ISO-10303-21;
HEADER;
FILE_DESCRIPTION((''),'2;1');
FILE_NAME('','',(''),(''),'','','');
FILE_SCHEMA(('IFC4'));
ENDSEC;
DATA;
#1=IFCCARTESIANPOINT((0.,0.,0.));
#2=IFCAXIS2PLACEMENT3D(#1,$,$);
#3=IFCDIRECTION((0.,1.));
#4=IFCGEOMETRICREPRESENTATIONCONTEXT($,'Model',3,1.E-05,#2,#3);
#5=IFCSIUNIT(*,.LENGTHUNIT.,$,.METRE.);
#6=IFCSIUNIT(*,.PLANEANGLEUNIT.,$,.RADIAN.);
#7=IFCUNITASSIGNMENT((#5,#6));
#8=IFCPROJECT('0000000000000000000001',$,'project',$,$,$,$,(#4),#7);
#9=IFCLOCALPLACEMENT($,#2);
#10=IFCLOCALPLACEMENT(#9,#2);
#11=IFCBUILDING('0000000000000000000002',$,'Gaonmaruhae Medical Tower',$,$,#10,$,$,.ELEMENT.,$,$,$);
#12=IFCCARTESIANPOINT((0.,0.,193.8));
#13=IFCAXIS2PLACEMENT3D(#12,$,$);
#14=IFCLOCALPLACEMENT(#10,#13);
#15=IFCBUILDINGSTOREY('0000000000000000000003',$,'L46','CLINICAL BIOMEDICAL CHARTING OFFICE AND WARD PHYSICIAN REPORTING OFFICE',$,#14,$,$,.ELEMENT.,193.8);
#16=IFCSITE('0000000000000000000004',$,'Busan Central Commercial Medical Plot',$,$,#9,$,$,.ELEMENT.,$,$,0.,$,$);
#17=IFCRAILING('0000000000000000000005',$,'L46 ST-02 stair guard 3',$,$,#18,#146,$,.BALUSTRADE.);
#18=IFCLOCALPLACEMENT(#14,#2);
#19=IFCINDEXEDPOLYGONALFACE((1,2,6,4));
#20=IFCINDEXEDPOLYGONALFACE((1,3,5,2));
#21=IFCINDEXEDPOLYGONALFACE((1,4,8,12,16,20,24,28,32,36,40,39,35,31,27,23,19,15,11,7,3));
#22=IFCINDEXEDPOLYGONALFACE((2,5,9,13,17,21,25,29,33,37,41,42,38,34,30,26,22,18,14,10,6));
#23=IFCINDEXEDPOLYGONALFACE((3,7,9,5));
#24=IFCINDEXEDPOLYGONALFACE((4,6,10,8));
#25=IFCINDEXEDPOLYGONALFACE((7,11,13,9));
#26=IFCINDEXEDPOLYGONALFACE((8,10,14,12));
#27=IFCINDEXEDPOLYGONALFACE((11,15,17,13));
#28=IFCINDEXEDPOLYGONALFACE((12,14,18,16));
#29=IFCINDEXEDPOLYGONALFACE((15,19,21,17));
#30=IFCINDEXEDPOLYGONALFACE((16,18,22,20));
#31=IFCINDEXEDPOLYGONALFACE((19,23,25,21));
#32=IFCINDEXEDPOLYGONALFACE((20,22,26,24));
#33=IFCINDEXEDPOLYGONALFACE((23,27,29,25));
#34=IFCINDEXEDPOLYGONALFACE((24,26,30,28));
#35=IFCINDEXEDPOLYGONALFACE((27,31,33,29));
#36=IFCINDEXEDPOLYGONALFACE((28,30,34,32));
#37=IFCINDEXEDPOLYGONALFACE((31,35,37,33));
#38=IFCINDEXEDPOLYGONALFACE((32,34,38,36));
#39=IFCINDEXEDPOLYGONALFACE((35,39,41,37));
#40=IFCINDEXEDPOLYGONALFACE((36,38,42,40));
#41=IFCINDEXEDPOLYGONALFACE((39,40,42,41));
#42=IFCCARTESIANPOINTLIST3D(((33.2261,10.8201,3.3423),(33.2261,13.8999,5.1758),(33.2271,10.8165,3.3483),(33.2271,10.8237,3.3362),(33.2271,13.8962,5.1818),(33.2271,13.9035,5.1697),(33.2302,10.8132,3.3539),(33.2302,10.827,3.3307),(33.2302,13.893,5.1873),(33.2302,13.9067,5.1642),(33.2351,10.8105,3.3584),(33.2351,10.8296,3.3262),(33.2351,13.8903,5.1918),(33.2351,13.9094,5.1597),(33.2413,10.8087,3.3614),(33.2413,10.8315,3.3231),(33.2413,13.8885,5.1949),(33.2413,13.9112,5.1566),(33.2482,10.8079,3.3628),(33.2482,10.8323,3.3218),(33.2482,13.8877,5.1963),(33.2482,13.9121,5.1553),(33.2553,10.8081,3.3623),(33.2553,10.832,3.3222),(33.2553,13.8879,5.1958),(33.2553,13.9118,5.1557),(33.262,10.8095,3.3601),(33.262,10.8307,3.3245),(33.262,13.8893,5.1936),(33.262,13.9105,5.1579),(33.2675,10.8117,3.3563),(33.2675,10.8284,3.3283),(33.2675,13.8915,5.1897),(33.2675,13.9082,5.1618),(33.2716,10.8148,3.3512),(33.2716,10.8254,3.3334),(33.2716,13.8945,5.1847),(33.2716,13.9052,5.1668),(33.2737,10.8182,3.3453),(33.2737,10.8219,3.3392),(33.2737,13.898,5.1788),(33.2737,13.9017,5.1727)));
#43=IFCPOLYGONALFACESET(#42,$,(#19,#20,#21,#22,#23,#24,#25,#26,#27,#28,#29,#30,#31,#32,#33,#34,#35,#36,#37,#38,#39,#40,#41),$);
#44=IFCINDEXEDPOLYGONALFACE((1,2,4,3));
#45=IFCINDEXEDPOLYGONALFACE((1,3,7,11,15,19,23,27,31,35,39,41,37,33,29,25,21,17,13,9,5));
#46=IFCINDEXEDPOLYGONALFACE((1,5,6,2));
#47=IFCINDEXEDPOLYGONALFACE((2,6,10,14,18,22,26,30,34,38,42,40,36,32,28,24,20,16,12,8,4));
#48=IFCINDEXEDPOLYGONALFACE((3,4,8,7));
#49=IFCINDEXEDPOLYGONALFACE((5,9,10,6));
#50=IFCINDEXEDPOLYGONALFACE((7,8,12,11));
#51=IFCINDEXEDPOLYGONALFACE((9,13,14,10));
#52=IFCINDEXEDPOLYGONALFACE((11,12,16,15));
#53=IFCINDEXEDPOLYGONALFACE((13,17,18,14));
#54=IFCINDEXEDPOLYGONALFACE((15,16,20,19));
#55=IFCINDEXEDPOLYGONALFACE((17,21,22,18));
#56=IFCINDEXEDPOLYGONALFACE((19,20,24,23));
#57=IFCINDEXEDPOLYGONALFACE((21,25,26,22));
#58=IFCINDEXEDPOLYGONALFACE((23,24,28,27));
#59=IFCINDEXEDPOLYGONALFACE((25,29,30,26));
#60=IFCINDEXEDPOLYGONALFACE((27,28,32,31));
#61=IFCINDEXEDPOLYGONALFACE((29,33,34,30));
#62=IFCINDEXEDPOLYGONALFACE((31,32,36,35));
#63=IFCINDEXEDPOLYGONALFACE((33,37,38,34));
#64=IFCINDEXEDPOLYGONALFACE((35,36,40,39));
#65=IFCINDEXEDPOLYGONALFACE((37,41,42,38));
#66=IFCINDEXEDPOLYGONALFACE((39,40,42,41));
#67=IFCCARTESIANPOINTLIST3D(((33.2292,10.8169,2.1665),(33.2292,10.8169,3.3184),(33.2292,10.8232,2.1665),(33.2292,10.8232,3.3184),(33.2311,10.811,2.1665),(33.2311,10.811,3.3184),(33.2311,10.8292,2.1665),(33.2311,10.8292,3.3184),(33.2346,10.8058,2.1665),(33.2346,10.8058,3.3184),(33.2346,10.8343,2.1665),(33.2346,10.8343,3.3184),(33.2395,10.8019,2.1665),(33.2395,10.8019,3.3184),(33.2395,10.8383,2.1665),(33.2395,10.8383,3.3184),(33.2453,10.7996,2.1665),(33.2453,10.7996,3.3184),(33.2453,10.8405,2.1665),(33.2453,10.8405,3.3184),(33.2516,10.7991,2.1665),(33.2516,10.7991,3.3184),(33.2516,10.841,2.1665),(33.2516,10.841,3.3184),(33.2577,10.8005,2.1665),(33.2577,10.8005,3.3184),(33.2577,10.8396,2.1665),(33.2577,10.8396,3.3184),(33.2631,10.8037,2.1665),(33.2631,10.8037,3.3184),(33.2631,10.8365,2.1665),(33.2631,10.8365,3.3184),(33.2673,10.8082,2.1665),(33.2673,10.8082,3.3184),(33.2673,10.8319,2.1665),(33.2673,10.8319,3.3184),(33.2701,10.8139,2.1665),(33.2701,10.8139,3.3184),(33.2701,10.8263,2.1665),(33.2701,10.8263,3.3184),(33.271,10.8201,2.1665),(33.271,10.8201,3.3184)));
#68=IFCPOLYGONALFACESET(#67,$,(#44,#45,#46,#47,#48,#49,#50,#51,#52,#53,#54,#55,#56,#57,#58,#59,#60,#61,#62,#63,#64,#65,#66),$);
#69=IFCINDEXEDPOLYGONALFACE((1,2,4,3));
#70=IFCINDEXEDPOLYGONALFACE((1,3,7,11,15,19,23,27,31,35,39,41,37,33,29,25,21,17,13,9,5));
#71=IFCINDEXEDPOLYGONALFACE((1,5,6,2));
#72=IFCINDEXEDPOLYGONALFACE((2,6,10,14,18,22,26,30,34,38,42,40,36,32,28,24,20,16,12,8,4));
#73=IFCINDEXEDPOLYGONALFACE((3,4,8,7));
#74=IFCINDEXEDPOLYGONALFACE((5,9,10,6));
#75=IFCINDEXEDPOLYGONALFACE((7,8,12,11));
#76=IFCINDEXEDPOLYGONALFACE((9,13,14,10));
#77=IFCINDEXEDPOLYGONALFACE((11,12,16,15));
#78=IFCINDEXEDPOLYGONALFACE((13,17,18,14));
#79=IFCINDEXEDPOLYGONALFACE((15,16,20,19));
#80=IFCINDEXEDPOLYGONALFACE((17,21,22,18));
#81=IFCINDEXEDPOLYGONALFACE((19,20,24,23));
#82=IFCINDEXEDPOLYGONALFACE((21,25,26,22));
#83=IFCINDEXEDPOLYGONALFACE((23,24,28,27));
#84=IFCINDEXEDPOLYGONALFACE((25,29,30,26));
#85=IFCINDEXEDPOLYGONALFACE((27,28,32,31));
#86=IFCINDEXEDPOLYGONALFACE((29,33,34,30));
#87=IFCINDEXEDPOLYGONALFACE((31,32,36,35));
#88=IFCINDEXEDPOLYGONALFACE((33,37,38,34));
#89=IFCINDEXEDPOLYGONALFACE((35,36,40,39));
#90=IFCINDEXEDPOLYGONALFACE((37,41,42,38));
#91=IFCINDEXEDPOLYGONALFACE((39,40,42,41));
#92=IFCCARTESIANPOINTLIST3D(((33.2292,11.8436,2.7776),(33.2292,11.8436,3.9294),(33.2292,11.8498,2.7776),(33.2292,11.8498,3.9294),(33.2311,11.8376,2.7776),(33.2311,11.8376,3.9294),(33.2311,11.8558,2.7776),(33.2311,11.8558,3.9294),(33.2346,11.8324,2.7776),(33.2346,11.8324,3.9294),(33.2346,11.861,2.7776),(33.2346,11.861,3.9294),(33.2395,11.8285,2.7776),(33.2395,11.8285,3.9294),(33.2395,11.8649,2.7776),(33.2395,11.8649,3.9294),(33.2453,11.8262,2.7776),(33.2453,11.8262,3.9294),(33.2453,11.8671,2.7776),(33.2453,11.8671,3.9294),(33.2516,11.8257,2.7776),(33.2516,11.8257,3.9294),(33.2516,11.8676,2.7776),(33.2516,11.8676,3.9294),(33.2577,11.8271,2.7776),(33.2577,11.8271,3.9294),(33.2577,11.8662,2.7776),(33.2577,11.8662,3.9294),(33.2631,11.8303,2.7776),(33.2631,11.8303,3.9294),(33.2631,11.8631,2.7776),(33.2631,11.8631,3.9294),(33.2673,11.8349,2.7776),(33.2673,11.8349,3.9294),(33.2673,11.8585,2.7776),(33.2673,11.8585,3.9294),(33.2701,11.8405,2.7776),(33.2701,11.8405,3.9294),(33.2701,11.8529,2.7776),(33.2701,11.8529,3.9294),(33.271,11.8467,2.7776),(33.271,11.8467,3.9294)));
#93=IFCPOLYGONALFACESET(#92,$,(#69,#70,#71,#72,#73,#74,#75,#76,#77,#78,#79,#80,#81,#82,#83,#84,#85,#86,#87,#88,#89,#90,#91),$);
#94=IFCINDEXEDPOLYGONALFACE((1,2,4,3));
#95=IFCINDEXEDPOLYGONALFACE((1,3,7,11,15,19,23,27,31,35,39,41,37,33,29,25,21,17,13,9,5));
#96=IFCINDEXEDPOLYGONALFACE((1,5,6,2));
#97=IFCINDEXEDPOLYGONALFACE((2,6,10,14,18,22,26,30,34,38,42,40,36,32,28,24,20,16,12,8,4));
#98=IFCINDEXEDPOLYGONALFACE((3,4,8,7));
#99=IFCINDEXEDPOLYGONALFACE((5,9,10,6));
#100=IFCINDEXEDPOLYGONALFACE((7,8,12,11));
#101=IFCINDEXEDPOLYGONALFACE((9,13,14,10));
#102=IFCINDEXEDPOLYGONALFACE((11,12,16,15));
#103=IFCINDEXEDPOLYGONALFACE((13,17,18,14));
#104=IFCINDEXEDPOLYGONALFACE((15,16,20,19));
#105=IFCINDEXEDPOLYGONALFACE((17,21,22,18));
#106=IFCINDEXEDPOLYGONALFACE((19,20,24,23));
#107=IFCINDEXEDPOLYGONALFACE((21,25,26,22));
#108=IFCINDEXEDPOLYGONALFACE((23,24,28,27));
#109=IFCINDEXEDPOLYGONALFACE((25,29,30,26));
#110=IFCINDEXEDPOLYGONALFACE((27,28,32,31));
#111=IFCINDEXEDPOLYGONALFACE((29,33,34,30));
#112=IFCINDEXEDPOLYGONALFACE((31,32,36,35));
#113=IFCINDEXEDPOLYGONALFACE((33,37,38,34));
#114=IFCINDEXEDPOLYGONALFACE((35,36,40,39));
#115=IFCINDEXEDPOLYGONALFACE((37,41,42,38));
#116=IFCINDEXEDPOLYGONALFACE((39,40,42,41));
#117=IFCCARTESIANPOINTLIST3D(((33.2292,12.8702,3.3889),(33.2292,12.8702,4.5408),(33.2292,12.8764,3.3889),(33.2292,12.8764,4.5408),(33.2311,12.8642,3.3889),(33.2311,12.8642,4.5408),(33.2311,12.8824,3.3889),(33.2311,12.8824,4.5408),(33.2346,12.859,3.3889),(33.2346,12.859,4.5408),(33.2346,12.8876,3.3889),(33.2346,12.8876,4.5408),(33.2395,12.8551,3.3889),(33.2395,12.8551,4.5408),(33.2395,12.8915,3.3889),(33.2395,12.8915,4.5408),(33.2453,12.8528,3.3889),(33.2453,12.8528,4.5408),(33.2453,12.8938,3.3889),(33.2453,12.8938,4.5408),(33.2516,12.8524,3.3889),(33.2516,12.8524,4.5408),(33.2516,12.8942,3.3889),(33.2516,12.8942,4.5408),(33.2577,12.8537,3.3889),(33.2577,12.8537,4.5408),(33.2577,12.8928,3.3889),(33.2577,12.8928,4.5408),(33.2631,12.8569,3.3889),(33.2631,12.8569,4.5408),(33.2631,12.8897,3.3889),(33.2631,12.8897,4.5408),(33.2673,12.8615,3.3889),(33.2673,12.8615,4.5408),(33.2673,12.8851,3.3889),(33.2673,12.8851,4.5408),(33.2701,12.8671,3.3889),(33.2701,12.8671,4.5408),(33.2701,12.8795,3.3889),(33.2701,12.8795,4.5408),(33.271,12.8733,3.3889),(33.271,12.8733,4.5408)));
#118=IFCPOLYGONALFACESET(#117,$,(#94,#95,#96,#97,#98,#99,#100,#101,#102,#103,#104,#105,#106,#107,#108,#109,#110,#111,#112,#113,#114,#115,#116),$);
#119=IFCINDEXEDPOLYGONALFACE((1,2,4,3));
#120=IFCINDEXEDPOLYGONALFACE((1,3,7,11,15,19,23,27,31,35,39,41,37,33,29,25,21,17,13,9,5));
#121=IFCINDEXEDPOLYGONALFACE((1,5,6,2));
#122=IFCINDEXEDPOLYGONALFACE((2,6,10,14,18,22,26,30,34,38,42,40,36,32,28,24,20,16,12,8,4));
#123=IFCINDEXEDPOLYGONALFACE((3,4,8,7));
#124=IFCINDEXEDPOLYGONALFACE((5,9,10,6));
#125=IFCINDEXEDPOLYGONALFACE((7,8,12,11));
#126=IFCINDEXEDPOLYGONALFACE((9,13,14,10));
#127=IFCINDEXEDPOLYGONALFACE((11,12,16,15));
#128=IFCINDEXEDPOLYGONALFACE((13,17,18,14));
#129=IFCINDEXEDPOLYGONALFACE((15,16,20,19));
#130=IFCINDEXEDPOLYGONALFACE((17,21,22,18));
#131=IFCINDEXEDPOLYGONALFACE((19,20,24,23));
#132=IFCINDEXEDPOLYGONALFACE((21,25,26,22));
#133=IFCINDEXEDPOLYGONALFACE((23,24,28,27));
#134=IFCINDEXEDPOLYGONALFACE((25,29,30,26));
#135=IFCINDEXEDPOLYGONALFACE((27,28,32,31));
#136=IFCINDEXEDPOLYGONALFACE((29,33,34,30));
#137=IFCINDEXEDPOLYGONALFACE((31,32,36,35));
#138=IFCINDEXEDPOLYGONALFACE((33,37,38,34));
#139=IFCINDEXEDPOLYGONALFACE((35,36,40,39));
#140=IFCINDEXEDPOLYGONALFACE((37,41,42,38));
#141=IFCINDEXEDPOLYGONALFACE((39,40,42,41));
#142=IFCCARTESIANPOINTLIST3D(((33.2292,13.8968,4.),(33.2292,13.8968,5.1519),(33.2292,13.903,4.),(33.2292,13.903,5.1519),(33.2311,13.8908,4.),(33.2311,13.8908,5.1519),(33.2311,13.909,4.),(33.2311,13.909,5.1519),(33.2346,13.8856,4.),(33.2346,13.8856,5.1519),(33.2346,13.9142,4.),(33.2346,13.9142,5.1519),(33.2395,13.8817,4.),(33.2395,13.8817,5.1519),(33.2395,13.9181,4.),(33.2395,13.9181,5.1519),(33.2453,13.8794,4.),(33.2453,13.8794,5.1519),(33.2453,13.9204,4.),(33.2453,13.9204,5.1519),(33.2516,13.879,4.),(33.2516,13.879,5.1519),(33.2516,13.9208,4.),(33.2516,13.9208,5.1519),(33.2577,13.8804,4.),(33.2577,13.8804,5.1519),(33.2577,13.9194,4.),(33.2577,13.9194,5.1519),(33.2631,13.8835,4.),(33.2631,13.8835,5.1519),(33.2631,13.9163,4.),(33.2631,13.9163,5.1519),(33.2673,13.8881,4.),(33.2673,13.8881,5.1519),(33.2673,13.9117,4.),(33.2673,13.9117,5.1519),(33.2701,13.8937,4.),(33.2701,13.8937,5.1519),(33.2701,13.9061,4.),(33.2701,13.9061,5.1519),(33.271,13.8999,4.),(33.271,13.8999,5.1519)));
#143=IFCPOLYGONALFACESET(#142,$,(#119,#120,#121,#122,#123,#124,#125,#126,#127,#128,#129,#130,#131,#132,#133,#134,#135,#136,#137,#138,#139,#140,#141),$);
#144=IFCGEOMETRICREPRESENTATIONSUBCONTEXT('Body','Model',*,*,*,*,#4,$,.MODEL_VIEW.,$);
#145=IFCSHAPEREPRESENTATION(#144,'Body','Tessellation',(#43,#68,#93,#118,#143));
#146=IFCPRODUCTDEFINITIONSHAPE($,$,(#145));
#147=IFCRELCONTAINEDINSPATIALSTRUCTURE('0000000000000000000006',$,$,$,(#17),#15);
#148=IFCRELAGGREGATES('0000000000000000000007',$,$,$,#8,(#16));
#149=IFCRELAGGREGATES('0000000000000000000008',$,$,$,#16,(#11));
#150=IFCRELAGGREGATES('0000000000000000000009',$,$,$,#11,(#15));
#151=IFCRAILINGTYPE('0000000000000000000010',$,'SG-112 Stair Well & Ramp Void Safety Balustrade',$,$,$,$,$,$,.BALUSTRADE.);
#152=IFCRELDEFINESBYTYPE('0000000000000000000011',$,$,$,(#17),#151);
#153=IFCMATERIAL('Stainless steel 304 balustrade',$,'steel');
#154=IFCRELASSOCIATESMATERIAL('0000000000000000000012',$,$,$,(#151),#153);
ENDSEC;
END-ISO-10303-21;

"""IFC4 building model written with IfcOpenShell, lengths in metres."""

from ifc_helpers import new_model, si_unit, direction, frame, origin, origin_2d, place, context, subcontext, project, spatial, circle, extrude, material, type_object, element, save


model = new_model("IFC4")

# Units and contexts
model_context = context("Model", 3, precision=1e-05, world=origin(), true_north=direction((0.0, 1.0)))
body_context = subcontext(model_context, "Body", "Model", "MODEL_VIEW")
ifc_project = project(units=[si_unit("LENGTHUNIT", "METRE"), si_unit("PLANEANGLEUNIT", "RADIAN")], contexts=[model_context])

# Site, building, storey
site_placement = place(None, origin())
site = spatial("IfcSite", under=ifc_project, at=site_placement, Name="Busan Central Commercial Medical Plot", CompositionType="ELEMENT", RefElevation=0.0)
building_placement = place(site_placement, origin())
building = spatial("IfcBuilding", under=site, at=building_placement, Name="Gaonmaruhae Medical Tower", CompositionType="ELEMENT")
storey_placement = place(building_placement, frame((0.0, 0.0, 193.8)))
storey = spatial("IfcBuildingStorey", under=building, at=storey_placement, Name="L46", Description="CLINICAL BIOMEDICAL CHARTING OFFICE AND WARD PHYSICIAN REPORTING OFFICE", CompositionType="ELEMENT", Elevation=193.8)

# Railing
ifc_material_1 = material(Name="Stainless steel 304 balustrade", Category="steel")
railing_type_1 = type_object("IfcRailingType", Name="SG-112 Stair Well & Ramp Void Safety Balustrade", PredefinedType="BALUSTRADE", material=ifc_material_1)
railing_1_placement = place(storey_placement, frame((33.25, 10.8201, 2.1665)))
element("IfcRailing", 1, at=railing_1_placement, inside=storey, type_object=railing_type_1, Name="L46 ST-02 stair guard 3", PredefinedType="BALUSTRADE", context=body_context, shape_type="SweptSolid", body=[
    extrude(circle(Radius=0.0239, at=origin_2d()), frame((0.0, 0.0, 1.1758), z_axis=(0.0, 0.859261, 0.511538), x_axis=(-1.0, 0.0, 0.0)), (0.0, 0.0, 1.0), 3.5842),
    extrude(circle(Radius=0.021, at=origin_2d()), origin(), (0.0, 0.0, 1.0), 1.1519),
    extrude(circle(Radius=0.021, at=origin_2d()), frame((0.0, 1.0266, 0.6111)), (0.0, 0.0, 1.0), 1.1519),
    extrude(circle(Radius=0.021, at=origin_2d()), frame((0.0, 2.0532, 1.2224)), (0.0, 0.0, 1.0), 1.1519),
    extrude(circle(Radius=0.021, at=origin_2d()), frame((0.0, 3.0798, 1.8335)), (0.0, 0.0, 1.0), 1.1519),
])

save(model, "model.ifc")
